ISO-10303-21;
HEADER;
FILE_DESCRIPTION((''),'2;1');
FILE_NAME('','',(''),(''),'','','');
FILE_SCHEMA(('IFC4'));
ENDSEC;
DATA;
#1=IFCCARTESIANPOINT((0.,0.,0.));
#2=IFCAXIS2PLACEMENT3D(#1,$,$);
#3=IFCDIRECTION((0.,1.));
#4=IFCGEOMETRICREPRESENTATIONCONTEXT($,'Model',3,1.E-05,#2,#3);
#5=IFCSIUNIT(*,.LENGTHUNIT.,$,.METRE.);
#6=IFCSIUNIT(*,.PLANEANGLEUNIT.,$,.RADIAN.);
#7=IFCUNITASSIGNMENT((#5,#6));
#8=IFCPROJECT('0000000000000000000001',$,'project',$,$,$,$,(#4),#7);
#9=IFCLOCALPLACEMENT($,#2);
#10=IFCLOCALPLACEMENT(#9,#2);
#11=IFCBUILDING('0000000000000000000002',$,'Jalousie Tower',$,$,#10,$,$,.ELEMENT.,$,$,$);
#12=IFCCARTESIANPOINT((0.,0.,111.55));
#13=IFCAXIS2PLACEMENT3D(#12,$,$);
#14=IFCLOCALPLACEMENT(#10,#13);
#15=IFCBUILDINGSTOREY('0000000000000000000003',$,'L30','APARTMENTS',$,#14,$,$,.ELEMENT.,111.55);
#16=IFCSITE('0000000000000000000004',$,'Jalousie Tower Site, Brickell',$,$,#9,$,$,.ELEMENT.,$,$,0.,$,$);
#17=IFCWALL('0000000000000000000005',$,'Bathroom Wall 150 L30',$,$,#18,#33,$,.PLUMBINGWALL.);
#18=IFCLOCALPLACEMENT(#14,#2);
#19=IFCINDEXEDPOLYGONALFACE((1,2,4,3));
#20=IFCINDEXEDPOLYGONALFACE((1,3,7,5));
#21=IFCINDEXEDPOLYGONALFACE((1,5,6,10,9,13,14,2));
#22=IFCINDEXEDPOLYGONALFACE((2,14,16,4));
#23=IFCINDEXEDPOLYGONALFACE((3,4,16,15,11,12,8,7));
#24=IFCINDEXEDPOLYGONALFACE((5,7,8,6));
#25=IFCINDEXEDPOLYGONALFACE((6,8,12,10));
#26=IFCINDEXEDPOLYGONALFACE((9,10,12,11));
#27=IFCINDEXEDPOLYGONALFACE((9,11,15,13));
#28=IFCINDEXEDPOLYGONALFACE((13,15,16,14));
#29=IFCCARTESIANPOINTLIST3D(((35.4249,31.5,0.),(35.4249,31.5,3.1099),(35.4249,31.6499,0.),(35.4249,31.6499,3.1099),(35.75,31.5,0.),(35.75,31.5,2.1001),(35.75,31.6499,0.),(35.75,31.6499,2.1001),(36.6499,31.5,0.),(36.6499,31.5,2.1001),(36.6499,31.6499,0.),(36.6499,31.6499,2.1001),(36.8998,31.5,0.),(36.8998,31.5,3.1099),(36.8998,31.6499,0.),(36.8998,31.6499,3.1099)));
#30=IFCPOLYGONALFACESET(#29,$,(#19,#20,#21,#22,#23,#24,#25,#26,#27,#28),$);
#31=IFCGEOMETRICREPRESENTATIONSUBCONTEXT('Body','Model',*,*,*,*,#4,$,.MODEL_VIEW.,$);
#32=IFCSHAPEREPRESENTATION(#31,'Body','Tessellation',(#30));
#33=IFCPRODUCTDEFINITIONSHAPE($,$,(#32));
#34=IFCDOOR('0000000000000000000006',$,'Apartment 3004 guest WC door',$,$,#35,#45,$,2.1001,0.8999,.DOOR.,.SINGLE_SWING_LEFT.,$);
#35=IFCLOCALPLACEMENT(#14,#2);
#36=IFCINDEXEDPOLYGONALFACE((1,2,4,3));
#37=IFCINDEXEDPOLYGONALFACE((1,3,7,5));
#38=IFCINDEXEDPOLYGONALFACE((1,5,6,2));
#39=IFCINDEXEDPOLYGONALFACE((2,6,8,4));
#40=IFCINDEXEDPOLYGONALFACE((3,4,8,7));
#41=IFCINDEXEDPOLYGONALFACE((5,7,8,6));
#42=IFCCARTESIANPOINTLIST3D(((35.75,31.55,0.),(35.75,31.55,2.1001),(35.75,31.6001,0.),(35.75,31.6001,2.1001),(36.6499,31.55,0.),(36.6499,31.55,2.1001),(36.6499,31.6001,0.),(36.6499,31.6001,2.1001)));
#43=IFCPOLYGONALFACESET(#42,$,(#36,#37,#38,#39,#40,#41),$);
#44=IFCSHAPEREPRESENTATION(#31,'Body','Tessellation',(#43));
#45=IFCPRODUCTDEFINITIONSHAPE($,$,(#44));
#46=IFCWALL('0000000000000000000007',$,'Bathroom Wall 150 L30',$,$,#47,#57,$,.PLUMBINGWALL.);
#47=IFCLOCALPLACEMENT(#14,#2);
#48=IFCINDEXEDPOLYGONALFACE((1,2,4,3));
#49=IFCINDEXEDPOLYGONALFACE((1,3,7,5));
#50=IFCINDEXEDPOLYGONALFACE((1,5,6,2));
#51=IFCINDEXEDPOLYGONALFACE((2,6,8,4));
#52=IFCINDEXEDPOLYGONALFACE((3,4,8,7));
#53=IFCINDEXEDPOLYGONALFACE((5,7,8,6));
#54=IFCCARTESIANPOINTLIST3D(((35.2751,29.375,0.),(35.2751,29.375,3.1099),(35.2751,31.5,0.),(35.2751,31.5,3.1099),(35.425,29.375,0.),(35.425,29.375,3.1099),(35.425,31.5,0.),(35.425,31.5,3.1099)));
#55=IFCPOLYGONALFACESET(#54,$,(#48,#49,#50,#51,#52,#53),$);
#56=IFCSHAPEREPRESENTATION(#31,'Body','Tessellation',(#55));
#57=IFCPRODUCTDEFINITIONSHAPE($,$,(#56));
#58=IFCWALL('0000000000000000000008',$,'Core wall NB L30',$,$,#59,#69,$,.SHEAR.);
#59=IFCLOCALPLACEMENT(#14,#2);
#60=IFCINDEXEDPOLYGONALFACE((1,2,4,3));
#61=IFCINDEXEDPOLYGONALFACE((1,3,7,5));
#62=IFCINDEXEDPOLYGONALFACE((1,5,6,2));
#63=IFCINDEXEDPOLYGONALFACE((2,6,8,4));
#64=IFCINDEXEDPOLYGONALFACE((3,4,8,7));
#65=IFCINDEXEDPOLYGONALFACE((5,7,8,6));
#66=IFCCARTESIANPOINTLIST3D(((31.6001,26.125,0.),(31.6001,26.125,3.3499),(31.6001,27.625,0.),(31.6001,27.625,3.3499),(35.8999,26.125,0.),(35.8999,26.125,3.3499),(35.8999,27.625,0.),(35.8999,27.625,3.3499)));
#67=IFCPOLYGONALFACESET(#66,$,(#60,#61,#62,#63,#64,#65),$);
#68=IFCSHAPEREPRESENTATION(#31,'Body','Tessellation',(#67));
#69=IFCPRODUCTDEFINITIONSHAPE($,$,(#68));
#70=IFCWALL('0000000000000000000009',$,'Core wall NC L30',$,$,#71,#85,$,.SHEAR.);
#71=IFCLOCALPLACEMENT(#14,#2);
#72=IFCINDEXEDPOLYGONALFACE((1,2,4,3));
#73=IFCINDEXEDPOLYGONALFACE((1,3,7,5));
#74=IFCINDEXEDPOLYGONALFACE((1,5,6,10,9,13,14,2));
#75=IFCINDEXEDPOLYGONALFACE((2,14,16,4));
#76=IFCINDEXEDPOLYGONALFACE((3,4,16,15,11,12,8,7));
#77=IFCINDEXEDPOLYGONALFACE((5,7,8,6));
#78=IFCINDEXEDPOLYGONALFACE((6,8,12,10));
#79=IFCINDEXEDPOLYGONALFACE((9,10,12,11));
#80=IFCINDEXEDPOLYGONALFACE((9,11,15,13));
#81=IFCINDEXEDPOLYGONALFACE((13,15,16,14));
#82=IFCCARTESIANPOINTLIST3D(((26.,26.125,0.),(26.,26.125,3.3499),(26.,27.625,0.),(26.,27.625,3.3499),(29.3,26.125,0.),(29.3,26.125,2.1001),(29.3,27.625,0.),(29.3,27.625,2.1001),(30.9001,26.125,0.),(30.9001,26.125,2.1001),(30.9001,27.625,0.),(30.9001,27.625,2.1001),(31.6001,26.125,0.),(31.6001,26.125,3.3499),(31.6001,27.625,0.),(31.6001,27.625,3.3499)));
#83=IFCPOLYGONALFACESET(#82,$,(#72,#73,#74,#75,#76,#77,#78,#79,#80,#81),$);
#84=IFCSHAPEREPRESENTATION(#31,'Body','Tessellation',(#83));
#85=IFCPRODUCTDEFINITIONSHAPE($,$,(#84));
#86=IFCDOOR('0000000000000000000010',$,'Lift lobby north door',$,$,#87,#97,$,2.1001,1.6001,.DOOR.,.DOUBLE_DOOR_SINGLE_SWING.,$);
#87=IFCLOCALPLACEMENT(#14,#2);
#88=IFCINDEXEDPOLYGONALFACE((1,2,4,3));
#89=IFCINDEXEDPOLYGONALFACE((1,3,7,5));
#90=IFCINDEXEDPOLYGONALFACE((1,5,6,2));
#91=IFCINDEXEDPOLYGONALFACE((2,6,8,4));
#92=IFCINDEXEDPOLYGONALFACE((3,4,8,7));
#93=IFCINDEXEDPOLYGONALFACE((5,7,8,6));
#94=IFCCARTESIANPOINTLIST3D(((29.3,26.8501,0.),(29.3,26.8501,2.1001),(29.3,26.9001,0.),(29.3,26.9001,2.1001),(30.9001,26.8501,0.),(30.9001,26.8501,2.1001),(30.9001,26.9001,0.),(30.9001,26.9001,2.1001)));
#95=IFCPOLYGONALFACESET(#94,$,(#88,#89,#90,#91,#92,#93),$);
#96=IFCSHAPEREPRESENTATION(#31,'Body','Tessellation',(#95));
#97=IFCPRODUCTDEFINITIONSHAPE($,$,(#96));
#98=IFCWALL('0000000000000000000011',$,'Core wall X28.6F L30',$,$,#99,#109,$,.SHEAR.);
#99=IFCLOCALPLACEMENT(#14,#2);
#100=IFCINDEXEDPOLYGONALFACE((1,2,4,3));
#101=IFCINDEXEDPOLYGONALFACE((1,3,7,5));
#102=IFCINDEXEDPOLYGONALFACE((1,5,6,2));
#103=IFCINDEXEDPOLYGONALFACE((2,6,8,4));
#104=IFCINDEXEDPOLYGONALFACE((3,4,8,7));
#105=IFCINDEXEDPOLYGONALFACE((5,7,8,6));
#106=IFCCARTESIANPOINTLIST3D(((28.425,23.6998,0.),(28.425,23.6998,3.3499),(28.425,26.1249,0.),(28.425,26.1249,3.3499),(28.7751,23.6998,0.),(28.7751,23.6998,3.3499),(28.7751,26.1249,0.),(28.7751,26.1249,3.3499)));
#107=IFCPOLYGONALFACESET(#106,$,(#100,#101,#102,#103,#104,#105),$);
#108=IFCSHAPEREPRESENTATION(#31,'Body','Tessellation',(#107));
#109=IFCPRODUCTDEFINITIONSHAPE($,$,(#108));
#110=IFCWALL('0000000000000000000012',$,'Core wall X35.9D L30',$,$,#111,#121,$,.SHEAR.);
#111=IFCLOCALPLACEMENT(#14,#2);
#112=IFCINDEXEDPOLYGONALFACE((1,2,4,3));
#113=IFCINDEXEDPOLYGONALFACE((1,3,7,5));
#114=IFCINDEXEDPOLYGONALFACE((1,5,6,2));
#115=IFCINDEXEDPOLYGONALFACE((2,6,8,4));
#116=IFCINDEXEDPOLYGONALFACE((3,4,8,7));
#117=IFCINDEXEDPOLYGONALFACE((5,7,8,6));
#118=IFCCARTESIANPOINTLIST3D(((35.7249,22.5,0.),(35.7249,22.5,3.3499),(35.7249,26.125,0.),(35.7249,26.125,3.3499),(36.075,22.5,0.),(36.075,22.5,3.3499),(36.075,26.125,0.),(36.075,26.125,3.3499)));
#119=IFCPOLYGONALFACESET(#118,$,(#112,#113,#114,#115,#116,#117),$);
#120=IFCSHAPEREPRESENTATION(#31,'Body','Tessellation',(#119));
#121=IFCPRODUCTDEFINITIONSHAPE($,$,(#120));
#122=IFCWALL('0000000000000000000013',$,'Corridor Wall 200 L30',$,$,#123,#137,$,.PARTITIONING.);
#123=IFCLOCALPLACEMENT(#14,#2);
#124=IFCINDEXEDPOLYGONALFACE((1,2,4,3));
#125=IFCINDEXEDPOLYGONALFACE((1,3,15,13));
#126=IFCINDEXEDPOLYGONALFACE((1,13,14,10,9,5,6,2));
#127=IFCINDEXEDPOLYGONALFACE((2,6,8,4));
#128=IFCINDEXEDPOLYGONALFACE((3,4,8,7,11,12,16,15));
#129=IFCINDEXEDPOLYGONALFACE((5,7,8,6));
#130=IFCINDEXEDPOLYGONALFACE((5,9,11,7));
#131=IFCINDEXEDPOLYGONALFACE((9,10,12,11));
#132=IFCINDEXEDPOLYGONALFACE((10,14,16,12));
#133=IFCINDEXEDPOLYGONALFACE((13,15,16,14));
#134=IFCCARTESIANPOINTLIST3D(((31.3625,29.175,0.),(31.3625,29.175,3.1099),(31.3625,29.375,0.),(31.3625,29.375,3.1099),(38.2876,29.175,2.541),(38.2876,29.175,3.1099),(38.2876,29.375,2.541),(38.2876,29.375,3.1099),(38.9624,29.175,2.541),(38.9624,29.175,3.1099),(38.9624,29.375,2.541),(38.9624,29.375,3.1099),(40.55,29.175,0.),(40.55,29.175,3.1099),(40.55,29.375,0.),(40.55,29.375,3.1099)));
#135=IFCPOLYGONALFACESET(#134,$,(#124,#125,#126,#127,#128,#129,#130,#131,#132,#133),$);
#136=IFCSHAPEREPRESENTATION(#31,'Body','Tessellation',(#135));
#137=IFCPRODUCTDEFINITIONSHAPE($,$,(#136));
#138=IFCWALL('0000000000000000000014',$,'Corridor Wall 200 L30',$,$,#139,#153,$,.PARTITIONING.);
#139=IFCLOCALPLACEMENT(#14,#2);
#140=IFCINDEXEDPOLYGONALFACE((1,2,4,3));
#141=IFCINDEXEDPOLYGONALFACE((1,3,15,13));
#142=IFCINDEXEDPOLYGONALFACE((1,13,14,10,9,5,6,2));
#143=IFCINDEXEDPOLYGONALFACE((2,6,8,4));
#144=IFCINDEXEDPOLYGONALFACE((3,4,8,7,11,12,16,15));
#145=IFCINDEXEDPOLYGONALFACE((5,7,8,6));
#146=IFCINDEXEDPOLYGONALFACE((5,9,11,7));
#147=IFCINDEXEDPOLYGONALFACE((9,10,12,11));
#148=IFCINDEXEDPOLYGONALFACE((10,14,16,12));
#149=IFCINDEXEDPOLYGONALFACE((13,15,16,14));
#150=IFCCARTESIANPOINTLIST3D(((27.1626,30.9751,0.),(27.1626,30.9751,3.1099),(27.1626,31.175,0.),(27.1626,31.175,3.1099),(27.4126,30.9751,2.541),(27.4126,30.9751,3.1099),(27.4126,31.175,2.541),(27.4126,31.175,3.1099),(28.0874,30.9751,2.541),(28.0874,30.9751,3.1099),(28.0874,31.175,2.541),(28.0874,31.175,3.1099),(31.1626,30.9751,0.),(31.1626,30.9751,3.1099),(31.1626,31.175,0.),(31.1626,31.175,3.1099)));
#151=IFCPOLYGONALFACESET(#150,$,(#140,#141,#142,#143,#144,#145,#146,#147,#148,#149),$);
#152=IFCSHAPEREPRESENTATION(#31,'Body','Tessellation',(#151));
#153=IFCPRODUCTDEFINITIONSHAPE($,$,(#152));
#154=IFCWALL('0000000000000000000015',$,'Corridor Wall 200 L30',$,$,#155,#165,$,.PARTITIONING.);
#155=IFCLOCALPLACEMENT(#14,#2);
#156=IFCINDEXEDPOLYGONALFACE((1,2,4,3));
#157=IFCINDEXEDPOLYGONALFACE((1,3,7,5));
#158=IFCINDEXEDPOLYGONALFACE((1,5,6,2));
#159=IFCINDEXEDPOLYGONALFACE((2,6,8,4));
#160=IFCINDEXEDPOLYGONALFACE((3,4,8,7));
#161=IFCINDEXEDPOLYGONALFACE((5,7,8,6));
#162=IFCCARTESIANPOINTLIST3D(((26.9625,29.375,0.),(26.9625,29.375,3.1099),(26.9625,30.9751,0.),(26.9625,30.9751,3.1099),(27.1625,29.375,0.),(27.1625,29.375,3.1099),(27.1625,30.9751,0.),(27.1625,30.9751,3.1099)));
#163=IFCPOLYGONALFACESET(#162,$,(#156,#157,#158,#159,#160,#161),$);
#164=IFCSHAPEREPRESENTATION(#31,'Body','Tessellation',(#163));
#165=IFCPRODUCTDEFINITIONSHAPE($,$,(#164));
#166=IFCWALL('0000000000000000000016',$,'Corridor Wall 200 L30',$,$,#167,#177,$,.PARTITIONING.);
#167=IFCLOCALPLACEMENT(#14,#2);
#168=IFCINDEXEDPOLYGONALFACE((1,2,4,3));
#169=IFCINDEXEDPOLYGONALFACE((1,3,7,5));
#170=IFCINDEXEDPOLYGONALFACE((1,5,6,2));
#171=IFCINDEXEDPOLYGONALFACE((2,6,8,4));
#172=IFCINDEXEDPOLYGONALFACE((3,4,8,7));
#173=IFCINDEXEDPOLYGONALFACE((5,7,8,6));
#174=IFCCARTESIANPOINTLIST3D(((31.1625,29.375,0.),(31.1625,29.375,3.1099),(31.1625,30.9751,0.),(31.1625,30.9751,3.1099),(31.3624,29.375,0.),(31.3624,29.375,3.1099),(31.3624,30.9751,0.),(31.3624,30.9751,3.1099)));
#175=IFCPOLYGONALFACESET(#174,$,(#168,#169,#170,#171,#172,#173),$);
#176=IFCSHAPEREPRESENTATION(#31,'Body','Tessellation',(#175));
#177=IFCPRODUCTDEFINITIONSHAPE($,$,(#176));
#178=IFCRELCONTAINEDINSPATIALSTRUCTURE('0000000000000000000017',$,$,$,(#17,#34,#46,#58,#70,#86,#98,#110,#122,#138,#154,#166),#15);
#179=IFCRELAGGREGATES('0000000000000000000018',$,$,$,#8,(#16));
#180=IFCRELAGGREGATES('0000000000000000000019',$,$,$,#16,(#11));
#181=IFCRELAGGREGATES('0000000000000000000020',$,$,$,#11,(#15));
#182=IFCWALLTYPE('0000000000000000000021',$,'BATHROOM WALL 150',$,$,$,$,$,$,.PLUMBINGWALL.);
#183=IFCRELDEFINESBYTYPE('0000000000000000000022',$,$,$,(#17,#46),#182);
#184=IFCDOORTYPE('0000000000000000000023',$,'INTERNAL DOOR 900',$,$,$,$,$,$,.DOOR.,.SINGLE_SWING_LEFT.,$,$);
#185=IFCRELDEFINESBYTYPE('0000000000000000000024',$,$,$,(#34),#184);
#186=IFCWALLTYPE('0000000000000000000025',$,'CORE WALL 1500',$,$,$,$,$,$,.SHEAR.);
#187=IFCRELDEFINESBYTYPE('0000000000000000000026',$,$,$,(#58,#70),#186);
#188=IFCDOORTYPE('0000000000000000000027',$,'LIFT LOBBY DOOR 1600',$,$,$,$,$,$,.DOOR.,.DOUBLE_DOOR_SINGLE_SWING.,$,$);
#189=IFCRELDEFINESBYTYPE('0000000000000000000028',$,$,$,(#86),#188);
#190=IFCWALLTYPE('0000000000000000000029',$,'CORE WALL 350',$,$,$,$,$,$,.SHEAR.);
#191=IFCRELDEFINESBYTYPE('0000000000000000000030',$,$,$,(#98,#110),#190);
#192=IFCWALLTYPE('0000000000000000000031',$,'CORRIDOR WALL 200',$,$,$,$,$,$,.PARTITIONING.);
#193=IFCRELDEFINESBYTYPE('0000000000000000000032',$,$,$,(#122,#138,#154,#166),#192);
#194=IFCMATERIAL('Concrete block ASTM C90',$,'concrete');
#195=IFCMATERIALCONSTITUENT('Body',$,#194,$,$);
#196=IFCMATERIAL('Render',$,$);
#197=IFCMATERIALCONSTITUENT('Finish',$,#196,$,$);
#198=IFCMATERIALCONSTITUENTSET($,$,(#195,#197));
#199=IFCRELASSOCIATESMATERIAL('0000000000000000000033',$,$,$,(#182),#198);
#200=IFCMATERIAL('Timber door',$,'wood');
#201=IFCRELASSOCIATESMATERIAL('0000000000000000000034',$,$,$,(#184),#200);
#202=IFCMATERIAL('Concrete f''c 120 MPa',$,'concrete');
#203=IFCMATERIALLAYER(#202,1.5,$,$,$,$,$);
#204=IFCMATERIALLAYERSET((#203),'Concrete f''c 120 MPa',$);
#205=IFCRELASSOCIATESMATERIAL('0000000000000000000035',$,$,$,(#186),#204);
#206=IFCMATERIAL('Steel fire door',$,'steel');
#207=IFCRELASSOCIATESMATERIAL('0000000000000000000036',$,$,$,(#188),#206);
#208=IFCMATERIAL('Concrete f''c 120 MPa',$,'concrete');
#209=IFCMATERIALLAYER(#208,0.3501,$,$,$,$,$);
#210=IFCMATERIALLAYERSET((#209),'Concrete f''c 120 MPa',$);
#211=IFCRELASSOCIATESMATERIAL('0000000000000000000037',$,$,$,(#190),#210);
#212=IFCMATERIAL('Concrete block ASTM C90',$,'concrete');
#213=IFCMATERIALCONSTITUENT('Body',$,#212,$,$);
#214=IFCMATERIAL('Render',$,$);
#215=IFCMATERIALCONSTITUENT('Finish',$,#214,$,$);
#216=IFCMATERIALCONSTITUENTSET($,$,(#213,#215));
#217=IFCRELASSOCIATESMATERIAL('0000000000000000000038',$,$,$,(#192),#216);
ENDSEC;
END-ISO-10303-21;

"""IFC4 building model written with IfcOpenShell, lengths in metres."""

from ifc_helpers import new_model, si_unit, direction, frame, frame_2d, origin, place, context, subcontext, project, spatial, polyline, rectangle, outline, extrude, material, layer, layer_set, constituent, constituent_set, type_object, element, fill, save


model = new_model("IFC4")

# Units and contexts
model_context = context("Model", 3, precision=1e-05, world=origin(), true_north=direction((0.0, 1.0)))
body_context = subcontext(model_context, "Body", "Model", "MODEL_VIEW")
ifc_project = project(units=[si_unit("LENGTHUNIT", "METRE"), si_unit("PLANEANGLEUNIT", "RADIAN")], contexts=[model_context])

# Site, building, storey
site_placement = place(None, origin())
site = spatial("IfcSite", under=ifc_project, at=site_placement, Name="Jalousie Tower Site, Brickell", CompositionType="ELEMENT", RefElevation=0.0)
building_placement = place(site_placement, origin())
building = spatial("IfcBuilding", under=site, at=building_placement, Name="Jalousie Tower", CompositionType="ELEMENT")
storey_placement = place(building_placement, frame((0.0, 0.0, 111.55)))
storey = spatial("IfcBuildingStorey", under=building, at=storey_placement, Name="L30", Description="APARTMENTS", CompositionType="ELEMENT", Elevation=111.55)

# Wall, opening, door
ifc_material_1 = material(Name="Concrete block ASTM C90", Category="concrete")
ifc_constituent_1 = constituent(ifc_material_1, Name="Body")
ifc_material_2 = material(Name="Render")
ifc_constituent_2 = constituent(ifc_material_2, Name="Finish")
ifc_constituent_set_1 = constituent_set(constituents=[ifc_constituent_1, ifc_constituent_2])
wall_type_1 = type_object("IfcWallType", Name="BATHROOM WALL 150", PredefinedType="PLUMBINGWALL", material=ifc_constituent_set_1)
wall_1_placement = place(storey_placement, frame((35.425, 31.575, 0.0), z_axis=(0.0, 0.0, 1.0), x_axis=(1.0, 0.0, 0.0)))
wall_1 = element("IfcWall", 1, at=wall_1_placement, inside=storey, type_object=wall_type_1, Name="Bathroom Wall 150 L30", PredefinedType="PLUMBINGWALL", context=body_context, shape_type="SweptSolid", body=[
    extrude(rectangle(XDim=1.4749, YDim=0.1499, at=frame_2d((0.7373, 0.0))), origin(), (0.0, 0.0, 1.0), 3.1099),
])
opening_1_placement = place(wall_1_placement, frame((0.325, 0.0, 0.0)))
opening_1 = element("IfcOpeningElement", 2, at=opening_1_placement, cuts=wall_1, PredefinedType="OPENING", context=body_context, shape_type="SweptSolid", body=[
    extrude(rectangle(XDim=0.8999, YDim=2.1001, at=frame_2d((0.45, 1.05))), frame((0.0, 0.085, 0.0), z_axis=(0.0, -1.0, 0.0), x_axis=(1.0, 0.0, 0.0)), (0.0, 0.0, 1.0), 0.1699),
])
ifc_material_3 = material(Name="Timber door", Category="wood")
door_type_1 = type_object("IfcDoorType", Name="INTERNAL DOOR 900", OperationType="SINGLE_SWING_LEFT", PredefinedType="DOOR", material=ifc_material_3)
door_1_placement = place(opening_1_placement, frame((0.8999, 0.0, 0.0), z_axis=(0.0, 0.0, 1.0), x_axis=(-1.0, 0.0, 0.0)))
door_1 = element("IfcDoor", 3, at=door_1_placement, inside=storey, type_object=door_type_1, Name="Apartment 3004 guest WC door", OperationType="SINGLE_SWING_LEFT", OverallHeight=2.1001, OverallWidth=0.8999, PredefinedType="DOOR", context=body_context, shape_type="SweptSolid", body=[
    extrude(rectangle(XDim=0.8999, YDim=2.1001, at=frame_2d((0.45, 1.05))), frame((0.0, 0.0249, 0.0), z_axis=(0.0, -1.0, 0.0), x_axis=(1.0, 0.0, 0.0)), (0.0, 0.0, 1.0), 0.05),
])
fill(opening_1, door_1)

# Walls
wall_2_placement = place(storey_placement, frame((35.3501, 31.5, 0.0), z_axis=(0.0, 0.0, 1.0), x_axis=(0.0, -1.0, 0.0)))
element("IfcWall", 4, at=wall_2_placement, inside=storey, type_object=wall_type_1, Name="Bathroom Wall 150 L30", PredefinedType="PLUMBINGWALL", context=body_context, shape_type="SweptSolid", body=[
    extrude(rectangle(XDim=2.125, YDim=0.1499, at=frame_2d((1.0625, 0.0))), origin(), (0.0, 0.0, 1.0), 3.1099),
])
ifc_material_4 = material(Name="Concrete f'c 120 MPa", Category="concrete")
ifc_layer_1 = layer(ifc_material_4, 1.5)
ifc_layer_set_1 = layer_set([ifc_layer_1], Name="Concrete f'c 120 MPa")
wall_type_2 = type_object("IfcWallType", Name="CORE WALL 1500", PredefinedType="SHEAR", material=ifc_layer_set_1)
wall_3_placement = place(storey_placement, frame((35.8999, 26.875, 0.0), z_axis=(0.0, 0.0, 1.0), x_axis=(-1.0, 0.0, 0.0)))
element("IfcWall", 5, at=wall_3_placement, inside=storey, type_object=wall_type_2, Name="Core wall NB L30", PredefinedType="SHEAR", context=body_context, shape_type="SweptSolid", body=[
    extrude(rectangle(XDim=4.2998, YDim=1.5, at=frame_2d((2.1499, 0.0))), origin(), (0.0, 0.0, 1.0), 3.3499),
])

# Wall, opening, door
wall_4_placement = place(storey_placement, frame((31.6001, 26.875, 0.0), z_axis=(0.0, 0.0, 1.0), x_axis=(-1.0, 0.0, 0.0)))
wall_4 = element("IfcWall", 6, at=wall_4_placement, inside=storey, type_object=wall_type_2, Name="Core wall NC L30", PredefinedType="SHEAR", context=body_context, shape_type="SweptSolid", body=[
    extrude(rectangle(XDim=5.6001, YDim=1.5, at=frame_2d((2.8, 0.0))), origin(), (0.0, 0.0, 1.0), 3.3499),
])
opening_2_placement = place(wall_4_placement, frame((0.7, 0.0, 0.0)))
opening_2 = element("IfcOpeningElement", 7, at=opening_2_placement, cuts=wall_4, PredefinedType="OPENING", context=body_context, shape_type="SweptSolid", body=[
    extrude(rectangle(XDim=1.6001, YDim=2.1001, at=frame_2d((0.8, 1.05))), frame((0.0, 0.76, 0.0), z_axis=(0.0, -1.0, 0.0), x_axis=(1.0, 0.0, 0.0)), (0.0, 0.0, 1.0), 1.52),
])
ifc_material_5 = material(Name="Steel fire door", Category="steel")
door_type_2 = type_object("IfcDoorType", Name="LIFT LOBBY DOOR 1600", OperationType="DOUBLE_DOOR_SINGLE_SWING", PredefinedType="DOOR", material=ifc_material_5)
door_2_placement = place(opening_2_placement, origin())
door_2 = element("IfcDoor", 8, at=door_2_placement, inside=storey, type_object=door_type_2, Name="Lift lobby north door", OperationType="DOUBLE_DOOR_SINGLE_SWING", OverallHeight=2.1001, OverallWidth=1.6001, PredefinedType="DOOR", context=body_context, shape_type="SweptSolid", body=[
    extrude(rectangle(XDim=1.6001, YDim=2.1001, at=frame_2d((0.8, 1.05))), frame((0.0, 0.0249, 0.0), z_axis=(0.0, -1.0, 0.0), x_axis=(1.0, 0.0, 0.0)), (0.0, 0.0, 1.0), 0.05),
])
fill(opening_2, door_2)

# Walls
ifc_material_6 = material(Name="Concrete f'c 120 MPa", Category="concrete")
ifc_layer_2 = layer(ifc_material_6, 0.3501)
ifc_layer_set_2 = layer_set([ifc_layer_2], Name="Concrete f'c 120 MPa")
wall_type_3 = type_object("IfcWallType", Name="CORE WALL 350", PredefinedType="SHEAR", material=ifc_layer_set_2)
wall_5_placement = place(storey_placement, frame((28.6001, 23.7, 0.0), z_axis=(0.0, 0.0, 1.0), x_axis=(0.0, 1.0, 0.0)))
element("IfcWall", 9, at=wall_5_placement, inside=storey, type_object=wall_type_3, Name="Core wall X28.6F L30", PredefinedType="SHEAR", context=body_context, shape_type="SweptSolid", body=[
    extrude(rectangle(XDim=2.425, YDim=0.3501, at=frame_2d((1.2124, 0.0))), origin(), (0.0, 0.0, 1.0), 3.3499),
])
wall_6_placement = place(storey_placement, frame((35.8999, 22.5, 0.0), z_axis=(0.0, 0.0, 1.0), x_axis=(0.0, 1.0, 0.0)))
element("IfcWall", 10, at=wall_6_placement, inside=storey, type_object=wall_type_3, Name="Core wall X35.9D L30", PredefinedType="SHEAR", context=body_context, shape_type="SweptSolid", body=[
    extrude(rectangle(XDim=3.625, YDim=0.3501, at=frame_2d((1.8125, 0.0))), origin(), (0.0, 0.0, 1.0), 3.3499),
])
ifc_material_7 = material(Name="Concrete block ASTM C90", Category="concrete")
ifc_constituent_3 = constituent(ifc_material_7, Name="Body")
ifc_material_8 = material(Name="Render")
ifc_constituent_4 = constituent(ifc_material_8, Name="Finish")
ifc_constituent_set_2 = constituent_set(constituents=[ifc_constituent_3, ifc_constituent_4])
wall_type_4 = type_object("IfcWallType", Name="CORRIDOR WALL 200", PredefinedType="PARTITIONING", material=ifc_constituent_set_2)
wall_7_placement = place(storey_placement, frame((31.3625, 29.2749, 0.0), z_axis=(0.0, 0.0, 1.0), x_axis=(1.0, 0.0, 0.0)))
element("IfcWall", 11, at=wall_7_placement, inside=storey, type_object=wall_type_4, Name="Corridor Wall 200 L30", PredefinedType="PARTITIONING", context=body_context, shape_type="SweptSolid", body=[
    extrude(outline(polyline([(0.0, 0.0), (9.1875, 0.0), (9.1875, 3.1099), (7.5999, 3.1099), (7.5999, 2.541), (6.925, 2.541), (6.925, 3.1099), (0.0, 3.1099), (0.0, 0.0)])), frame((0.0, 0.1001, 0.0), z_axis=(0.0, -1.0, 0.0), x_axis=(1.0, 0.0, 0.0)), (0.0, 0.0, 1.0), 0.2),
])
wall_8_placement = place(storey_placement, frame((27.1626, 31.075, 0.0), z_axis=(0.0, 0.0, 1.0), x_axis=(1.0, 0.0, 0.0)))
element("IfcWall", 12, at=wall_8_placement, inside=storey, type_object=wall_type_4, Name="Corridor Wall 200 L30", PredefinedType="PARTITIONING", context=body_context, shape_type="SweptSolid", body=[
    extrude(outline(polyline([(0.0, 0.0), (4.0, 0.0), (4.0, 3.1099), (0.9248, 3.1099), (0.9248, 2.541), (0.25, 2.541), (0.25, 3.1099), (0.0, 3.1099), (0.0, 0.0)])), frame((0.0, 0.1001, 0.0), z_axis=(0.0, -1.0, 0.0), x_axis=(1.0, 0.0, 0.0)), (0.0, 0.0, 1.0), 0.2),
])
for number, where, z_axis, x_axis, name in (
    (13, (27.0625, 29.375, 0.0), (0.0, 0.0, 1.0), (0.0, 1.0, 0.0), "Corridor Wall 200 L30"),
    (14, (31.2625, 29.375, 0.0), (0.0, 0.0, 1.0), (0.0, 1.0, 0.0), "Corridor Wall 200 L30"),
):
    element("IfcWall", number, at=place(storey_placement, frame(where, z_axis=z_axis, x_axis=x_axis)), inside=storey, type_object=wall_type_4, Name=name, PredefinedType="PARTITIONING", context=body_context, shape_type="SweptSolid", body=[
        extrude(rectangle(XDim=1.6001, YDim=0.2, at=frame_2d((0.8, 0.0))), origin(), (0.0, 0.0, 1.0), 3.1099),
    ])

save(model, "model.ifc")
